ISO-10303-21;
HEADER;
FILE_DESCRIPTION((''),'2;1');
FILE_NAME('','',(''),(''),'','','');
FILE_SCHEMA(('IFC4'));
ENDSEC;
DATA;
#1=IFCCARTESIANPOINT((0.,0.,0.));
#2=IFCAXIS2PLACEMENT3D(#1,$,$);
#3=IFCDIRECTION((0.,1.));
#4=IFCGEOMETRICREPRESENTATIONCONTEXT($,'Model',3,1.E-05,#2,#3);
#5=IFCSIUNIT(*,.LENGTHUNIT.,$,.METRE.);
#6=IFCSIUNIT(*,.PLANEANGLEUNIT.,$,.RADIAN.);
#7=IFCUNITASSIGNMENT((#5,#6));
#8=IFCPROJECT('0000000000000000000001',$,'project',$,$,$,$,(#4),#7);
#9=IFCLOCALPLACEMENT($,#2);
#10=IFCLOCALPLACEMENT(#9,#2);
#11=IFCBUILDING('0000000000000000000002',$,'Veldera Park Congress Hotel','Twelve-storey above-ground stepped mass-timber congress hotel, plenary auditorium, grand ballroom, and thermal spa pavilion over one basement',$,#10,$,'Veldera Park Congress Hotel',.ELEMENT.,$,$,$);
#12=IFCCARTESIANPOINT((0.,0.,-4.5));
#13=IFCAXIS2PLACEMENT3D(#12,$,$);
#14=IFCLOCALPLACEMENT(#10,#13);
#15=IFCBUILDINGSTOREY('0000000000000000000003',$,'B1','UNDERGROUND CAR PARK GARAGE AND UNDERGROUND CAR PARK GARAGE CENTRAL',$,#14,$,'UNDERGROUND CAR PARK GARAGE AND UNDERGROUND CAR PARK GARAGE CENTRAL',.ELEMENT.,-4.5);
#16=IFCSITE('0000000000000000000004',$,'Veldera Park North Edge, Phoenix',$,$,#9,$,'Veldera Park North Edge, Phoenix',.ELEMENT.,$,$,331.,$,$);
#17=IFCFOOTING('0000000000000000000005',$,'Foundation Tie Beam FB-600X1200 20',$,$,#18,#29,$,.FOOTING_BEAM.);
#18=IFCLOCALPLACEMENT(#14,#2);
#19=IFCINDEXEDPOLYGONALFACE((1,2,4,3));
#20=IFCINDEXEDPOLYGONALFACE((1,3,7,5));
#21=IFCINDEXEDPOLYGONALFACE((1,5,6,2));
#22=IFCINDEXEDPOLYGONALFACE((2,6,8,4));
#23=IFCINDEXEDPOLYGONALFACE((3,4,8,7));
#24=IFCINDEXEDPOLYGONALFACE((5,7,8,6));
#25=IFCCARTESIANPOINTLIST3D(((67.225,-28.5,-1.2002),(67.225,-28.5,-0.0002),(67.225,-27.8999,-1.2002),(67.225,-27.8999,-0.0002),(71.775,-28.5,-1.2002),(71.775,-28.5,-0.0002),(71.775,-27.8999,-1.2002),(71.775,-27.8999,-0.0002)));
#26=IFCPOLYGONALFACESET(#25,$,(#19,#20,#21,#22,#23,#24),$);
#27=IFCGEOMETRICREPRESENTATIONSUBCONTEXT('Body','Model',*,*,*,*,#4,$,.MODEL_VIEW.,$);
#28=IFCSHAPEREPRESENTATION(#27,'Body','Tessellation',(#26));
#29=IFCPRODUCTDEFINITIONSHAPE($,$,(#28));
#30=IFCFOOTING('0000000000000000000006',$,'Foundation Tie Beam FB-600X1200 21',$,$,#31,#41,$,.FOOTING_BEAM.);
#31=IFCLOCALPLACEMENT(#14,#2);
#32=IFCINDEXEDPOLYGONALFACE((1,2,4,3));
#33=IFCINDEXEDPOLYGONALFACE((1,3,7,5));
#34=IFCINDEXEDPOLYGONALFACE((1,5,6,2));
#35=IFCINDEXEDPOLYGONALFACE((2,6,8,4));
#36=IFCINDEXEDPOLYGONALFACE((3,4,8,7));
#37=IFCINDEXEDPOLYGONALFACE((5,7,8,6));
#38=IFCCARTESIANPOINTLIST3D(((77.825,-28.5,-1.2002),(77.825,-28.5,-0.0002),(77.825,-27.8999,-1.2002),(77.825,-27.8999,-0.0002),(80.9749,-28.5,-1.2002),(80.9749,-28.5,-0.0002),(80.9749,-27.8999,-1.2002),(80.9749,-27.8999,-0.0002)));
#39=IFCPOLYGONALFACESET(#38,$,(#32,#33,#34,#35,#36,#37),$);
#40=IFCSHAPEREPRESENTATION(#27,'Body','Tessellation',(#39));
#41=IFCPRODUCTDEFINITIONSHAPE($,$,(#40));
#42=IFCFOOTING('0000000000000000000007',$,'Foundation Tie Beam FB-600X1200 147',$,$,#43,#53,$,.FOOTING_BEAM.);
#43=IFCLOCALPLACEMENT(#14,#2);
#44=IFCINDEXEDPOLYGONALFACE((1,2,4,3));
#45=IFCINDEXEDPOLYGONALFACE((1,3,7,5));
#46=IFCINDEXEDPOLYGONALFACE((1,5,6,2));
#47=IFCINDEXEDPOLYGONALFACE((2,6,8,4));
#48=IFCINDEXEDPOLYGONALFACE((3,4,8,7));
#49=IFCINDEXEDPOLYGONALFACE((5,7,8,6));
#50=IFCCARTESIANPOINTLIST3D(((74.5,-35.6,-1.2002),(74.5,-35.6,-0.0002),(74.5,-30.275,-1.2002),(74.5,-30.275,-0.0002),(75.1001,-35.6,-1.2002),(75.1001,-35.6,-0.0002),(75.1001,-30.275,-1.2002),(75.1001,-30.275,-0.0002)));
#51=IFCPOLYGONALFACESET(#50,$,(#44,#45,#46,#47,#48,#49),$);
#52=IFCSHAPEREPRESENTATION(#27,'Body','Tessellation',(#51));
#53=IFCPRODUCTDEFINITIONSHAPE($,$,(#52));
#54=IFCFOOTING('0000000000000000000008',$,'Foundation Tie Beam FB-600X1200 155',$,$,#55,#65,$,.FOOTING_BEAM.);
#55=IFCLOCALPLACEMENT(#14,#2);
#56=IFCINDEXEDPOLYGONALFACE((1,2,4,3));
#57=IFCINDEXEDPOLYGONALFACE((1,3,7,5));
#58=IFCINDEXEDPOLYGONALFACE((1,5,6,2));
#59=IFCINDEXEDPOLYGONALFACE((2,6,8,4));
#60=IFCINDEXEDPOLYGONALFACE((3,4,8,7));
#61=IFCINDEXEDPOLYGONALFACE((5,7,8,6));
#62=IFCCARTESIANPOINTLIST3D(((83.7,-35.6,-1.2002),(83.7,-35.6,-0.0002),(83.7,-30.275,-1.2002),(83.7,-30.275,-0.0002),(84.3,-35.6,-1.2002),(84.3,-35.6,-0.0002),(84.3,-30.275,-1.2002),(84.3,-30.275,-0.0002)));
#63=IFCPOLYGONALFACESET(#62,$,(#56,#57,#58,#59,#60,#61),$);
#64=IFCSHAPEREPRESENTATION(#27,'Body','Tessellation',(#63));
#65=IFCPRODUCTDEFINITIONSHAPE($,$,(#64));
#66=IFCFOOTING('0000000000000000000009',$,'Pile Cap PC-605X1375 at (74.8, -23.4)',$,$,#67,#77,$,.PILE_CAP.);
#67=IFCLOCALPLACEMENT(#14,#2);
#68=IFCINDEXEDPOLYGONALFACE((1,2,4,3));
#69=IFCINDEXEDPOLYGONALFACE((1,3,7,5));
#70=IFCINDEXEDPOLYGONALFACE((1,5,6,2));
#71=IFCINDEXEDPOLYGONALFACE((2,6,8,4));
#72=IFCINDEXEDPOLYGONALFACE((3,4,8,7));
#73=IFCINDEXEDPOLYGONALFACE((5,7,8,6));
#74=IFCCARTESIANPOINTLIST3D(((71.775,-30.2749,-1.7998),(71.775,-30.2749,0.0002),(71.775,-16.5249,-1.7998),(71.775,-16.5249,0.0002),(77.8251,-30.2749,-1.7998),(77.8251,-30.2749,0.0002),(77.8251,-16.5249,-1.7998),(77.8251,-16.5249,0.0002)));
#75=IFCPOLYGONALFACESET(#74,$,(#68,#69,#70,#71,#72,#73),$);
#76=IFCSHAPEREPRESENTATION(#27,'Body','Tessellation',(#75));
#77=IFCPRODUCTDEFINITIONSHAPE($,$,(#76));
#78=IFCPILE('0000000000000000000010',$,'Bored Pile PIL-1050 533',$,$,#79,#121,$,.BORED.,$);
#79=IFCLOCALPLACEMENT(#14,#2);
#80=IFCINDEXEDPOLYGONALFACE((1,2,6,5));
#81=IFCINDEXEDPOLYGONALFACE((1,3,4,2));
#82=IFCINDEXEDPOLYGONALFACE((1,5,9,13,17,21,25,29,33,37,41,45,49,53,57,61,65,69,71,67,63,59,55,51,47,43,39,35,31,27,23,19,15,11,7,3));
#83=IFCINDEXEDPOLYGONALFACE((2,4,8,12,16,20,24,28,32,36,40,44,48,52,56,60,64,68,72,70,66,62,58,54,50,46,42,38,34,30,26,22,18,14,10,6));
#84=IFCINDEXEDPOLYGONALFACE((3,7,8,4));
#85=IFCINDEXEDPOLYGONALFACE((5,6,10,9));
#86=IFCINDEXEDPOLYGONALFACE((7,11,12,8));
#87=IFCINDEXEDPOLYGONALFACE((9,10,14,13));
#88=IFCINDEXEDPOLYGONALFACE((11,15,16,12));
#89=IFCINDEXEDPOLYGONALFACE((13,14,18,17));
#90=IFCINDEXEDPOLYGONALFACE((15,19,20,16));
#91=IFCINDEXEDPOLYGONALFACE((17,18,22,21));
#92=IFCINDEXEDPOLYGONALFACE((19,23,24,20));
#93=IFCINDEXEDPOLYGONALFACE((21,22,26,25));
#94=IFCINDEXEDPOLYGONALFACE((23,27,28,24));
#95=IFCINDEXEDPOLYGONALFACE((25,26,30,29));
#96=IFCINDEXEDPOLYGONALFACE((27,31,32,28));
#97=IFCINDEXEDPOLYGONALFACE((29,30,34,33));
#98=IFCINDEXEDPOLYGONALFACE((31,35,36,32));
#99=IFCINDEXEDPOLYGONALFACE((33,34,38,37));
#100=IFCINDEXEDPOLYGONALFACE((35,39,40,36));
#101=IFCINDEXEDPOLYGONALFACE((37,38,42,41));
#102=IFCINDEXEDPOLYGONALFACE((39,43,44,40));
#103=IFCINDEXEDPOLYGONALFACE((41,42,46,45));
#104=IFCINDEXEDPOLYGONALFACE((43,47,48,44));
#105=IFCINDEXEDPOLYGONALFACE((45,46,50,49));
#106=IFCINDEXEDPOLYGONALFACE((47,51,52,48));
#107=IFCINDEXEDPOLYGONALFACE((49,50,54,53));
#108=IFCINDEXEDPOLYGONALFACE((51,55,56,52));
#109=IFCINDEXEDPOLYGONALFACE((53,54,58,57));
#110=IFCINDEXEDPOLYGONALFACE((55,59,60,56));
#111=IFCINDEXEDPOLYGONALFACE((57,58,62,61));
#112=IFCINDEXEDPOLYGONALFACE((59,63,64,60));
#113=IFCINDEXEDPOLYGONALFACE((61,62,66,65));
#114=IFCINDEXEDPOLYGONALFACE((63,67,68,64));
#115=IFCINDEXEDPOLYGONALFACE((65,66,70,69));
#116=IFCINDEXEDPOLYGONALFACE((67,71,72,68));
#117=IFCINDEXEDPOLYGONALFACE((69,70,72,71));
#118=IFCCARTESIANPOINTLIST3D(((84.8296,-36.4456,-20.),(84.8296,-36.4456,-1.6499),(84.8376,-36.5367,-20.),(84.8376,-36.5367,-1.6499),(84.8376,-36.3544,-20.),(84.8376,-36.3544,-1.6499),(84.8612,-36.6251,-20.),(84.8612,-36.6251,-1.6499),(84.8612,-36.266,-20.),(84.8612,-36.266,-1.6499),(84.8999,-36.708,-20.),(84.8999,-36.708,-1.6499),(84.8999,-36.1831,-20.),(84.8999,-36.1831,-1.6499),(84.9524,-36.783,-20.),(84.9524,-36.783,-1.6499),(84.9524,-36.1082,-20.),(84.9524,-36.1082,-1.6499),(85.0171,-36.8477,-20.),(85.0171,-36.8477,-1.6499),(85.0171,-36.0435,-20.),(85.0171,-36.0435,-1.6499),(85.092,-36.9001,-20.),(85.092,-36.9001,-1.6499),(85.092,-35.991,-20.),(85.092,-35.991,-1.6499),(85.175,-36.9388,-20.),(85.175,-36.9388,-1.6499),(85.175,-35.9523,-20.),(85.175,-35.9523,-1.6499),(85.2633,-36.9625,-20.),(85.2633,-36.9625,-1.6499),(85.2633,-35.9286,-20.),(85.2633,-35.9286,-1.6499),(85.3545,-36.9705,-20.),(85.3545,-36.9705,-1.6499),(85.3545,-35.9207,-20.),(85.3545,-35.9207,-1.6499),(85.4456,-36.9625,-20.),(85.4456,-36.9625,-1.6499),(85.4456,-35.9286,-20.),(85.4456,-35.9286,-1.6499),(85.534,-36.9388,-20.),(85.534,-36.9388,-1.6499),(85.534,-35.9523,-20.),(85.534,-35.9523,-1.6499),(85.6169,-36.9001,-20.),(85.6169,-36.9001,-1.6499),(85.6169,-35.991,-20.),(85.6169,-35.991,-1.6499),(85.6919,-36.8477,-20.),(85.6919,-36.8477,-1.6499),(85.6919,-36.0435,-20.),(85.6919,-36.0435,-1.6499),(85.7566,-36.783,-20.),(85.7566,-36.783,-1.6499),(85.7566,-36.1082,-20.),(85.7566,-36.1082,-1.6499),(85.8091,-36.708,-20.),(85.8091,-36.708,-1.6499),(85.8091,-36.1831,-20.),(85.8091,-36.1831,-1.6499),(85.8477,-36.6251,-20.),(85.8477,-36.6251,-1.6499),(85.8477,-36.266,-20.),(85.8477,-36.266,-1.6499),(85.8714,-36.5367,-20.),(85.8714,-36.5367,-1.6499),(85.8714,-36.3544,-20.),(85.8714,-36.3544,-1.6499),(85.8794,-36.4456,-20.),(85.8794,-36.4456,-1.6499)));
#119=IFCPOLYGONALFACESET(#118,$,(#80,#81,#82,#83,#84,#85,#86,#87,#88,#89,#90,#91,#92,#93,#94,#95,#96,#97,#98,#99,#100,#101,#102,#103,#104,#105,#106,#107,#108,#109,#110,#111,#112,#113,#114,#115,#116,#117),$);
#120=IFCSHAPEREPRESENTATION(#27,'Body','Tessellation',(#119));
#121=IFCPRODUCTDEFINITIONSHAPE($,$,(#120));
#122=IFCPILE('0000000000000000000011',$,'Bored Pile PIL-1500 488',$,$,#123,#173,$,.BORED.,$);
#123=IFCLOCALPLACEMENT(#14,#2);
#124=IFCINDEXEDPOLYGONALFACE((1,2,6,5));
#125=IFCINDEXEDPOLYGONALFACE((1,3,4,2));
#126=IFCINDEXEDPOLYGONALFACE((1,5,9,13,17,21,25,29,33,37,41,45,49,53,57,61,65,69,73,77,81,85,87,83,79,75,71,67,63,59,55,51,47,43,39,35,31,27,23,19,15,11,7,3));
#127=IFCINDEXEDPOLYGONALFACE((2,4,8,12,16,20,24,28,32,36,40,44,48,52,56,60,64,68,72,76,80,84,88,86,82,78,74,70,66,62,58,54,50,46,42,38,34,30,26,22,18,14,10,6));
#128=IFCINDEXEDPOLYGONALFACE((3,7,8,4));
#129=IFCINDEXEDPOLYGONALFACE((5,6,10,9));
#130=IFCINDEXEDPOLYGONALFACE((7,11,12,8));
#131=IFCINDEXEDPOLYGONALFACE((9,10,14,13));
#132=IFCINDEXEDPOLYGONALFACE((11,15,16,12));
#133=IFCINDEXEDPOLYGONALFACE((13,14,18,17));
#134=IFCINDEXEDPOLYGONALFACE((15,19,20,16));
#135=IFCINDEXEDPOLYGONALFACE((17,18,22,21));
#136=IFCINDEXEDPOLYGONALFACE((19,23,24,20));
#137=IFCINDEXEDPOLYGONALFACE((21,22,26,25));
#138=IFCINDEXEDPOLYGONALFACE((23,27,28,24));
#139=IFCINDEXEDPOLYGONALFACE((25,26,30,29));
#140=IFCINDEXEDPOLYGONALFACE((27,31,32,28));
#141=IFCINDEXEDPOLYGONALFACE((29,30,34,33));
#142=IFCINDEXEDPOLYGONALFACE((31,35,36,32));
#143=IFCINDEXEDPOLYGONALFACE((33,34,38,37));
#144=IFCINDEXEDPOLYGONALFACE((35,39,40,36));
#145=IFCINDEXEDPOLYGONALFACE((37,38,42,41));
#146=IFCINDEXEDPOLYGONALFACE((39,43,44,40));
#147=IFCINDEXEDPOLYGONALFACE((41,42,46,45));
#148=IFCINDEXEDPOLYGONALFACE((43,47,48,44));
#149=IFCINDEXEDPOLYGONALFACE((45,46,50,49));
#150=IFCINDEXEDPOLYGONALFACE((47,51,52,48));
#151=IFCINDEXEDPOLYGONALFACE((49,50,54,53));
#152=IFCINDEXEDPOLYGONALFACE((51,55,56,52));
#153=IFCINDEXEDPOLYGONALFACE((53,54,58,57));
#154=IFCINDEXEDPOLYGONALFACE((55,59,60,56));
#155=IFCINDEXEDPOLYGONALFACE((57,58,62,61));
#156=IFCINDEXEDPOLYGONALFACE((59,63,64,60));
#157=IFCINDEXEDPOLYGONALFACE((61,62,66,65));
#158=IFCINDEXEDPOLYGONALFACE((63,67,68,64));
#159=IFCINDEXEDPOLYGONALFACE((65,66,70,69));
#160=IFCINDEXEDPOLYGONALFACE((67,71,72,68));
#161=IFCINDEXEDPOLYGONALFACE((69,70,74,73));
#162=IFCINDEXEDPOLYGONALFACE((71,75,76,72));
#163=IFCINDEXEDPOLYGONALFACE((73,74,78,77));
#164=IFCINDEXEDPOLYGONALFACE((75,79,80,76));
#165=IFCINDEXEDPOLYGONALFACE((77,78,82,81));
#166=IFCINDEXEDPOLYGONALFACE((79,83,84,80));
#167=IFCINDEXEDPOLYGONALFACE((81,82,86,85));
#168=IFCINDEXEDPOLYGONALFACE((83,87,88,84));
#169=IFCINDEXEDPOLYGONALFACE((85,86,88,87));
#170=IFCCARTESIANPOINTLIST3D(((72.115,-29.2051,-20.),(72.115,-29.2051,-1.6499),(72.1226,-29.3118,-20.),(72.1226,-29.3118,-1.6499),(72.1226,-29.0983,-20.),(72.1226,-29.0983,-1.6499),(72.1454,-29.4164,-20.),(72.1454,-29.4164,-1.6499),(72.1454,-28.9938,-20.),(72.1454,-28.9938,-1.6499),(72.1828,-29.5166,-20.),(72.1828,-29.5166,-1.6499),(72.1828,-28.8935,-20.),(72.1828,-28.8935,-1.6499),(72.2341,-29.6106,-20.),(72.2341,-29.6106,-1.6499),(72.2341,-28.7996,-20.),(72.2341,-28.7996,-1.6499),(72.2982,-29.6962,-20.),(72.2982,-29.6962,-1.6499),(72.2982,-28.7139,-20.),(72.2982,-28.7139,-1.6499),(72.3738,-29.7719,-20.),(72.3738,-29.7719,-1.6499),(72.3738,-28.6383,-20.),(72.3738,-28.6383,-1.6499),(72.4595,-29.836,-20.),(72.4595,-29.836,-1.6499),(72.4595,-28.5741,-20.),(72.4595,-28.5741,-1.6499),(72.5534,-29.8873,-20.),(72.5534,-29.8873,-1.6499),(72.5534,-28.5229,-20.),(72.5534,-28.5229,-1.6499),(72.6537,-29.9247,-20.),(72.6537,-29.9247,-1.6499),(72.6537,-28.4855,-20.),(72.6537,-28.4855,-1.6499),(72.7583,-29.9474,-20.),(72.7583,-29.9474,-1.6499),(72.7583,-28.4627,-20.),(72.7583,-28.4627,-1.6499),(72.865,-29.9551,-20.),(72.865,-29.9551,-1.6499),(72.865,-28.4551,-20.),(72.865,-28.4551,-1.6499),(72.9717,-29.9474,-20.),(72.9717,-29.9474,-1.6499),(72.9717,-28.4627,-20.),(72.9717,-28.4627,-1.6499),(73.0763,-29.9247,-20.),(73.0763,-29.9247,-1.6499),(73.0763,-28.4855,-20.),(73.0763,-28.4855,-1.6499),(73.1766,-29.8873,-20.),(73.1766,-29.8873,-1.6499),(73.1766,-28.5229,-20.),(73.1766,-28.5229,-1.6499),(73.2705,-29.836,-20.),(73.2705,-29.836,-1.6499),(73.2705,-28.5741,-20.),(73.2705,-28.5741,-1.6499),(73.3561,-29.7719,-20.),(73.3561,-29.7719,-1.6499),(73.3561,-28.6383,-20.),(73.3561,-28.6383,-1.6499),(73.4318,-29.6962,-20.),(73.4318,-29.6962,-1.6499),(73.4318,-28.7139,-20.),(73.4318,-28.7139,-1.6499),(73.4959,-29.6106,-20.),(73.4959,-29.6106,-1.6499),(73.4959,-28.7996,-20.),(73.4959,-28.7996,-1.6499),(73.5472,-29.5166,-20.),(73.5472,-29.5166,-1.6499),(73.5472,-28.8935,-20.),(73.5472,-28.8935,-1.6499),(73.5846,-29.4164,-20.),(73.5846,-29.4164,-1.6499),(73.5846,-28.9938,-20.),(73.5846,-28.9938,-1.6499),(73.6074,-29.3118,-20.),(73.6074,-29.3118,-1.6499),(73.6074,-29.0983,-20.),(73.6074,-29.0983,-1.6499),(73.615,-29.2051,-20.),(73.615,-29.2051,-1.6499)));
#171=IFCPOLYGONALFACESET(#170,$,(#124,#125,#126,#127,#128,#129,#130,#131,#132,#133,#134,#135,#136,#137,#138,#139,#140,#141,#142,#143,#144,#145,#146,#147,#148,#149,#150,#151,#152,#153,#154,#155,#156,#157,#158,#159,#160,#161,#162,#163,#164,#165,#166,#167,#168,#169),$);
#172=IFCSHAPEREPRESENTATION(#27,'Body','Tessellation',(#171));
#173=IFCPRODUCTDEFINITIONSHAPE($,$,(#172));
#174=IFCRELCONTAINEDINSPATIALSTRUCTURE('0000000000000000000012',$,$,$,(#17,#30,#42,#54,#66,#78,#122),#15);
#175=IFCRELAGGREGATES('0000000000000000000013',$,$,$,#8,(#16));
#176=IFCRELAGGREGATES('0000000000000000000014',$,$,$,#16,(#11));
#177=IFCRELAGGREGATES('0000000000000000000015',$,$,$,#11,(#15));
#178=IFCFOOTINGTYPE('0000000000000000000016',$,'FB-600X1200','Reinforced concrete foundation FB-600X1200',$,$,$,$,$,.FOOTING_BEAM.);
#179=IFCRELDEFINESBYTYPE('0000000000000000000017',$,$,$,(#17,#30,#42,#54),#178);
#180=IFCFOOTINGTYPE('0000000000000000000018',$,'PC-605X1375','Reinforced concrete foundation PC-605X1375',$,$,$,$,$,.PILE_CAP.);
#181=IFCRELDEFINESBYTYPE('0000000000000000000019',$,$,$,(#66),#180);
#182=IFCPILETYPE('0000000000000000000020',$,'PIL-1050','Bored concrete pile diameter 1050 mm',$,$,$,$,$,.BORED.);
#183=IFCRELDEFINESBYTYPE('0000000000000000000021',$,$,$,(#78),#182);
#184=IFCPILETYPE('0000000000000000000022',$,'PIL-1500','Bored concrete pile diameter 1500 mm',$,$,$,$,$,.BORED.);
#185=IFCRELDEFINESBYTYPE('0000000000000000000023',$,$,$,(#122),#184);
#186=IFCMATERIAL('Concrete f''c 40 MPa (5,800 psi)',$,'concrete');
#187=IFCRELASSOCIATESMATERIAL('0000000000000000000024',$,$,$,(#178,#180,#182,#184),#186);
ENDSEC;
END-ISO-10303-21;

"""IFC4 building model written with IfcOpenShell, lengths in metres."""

from ifc_helpers import new_model, si_unit, direction, frame, origin, origin_2d, place, context, subcontext, project, spatial, rectangle, circle, extrude, material, material_profile, profile_set, type_object, element, save


model = new_model("IFC4")

# Units and contexts
model_context = context("Model", 3, precision=1e-05, world=origin(), true_north=direction((0.0, 1.0)))
body_context = subcontext(model_context, "Body", "Model", "MODEL_VIEW")
ifc_project = project(units=[si_unit("LENGTHUNIT", "METRE"), si_unit("PLANEANGLEUNIT", "RADIAN")], contexts=[model_context])

# Site, building, storey
site_placement = place(None, origin())
site = spatial("IfcSite", under=ifc_project, at=site_placement, Name="Veldera Park North Edge, Phoenix", LongName="Veldera Park North Edge, Phoenix", CompositionType="ELEMENT", RefElevation=331.0)
building_placement = place(site_placement, origin())
building = spatial("IfcBuilding", under=site, at=building_placement, Name="Veldera Park Congress Hotel", Description="Twelve-storey above-ground stepped mass-timber congress hotel, plenary auditorium, grand ballroom, and thermal spa pavilion over one basement", LongName="Veldera Park Congress Hotel", CompositionType="ELEMENT")
storey_placement = place(building_placement, frame((0.0, 0.0, -4.5)))
storey = spatial("IfcBuildingStorey", under=building, at=storey_placement, Name="B1", Description="UNDERGROUND CAR PARK GARAGE AND UNDERGROUND CAR PARK GARAGE CENTRAL", LongName="UNDERGROUND CAR PARK GARAGE AND UNDERGROUND CAR PARK GARAGE CENTRAL", CompositionType="ELEMENT", Elevation=-4.5)

# Footings
ifc_material_1 = material(Name="Concrete f'c 40 MPa (5,800 psi)", Category="concrete")
footing_type_1 = type_object("IfcFootingType", Name="FB-600X1200", Description="Reinforced concrete foundation FB-600X1200", PredefinedType="FOOTING_BEAM", material=ifc_material_1)
footing_1_placement = place(storey_placement, frame((69.5, -28.2, -1.2002), z_axis=(0.0, 0.0, 1.0), x_axis=(1.0, 0.0, 0.0)))
element("IfcFooting", 1, at=footing_1_placement, inside=storey, type_object=footing_type_1, Name="Foundation Tie Beam FB-600X1200 20", PredefinedType="FOOTING_BEAM", context=body_context, shape_type="SweptSolid", body=[
    extrude(rectangle(XDim=4.55, YDim=0.6001, at=origin_2d()), origin(), (0.0, 0.0, 1.0), 1.2),
])
footing_2_placement = place(storey_placement, frame((79.3999, -28.2, -1.2002), z_axis=(0.0, 0.0, 1.0), x_axis=(1.0, 0.0, 0.0)))
element("IfcFooting", 2, at=footing_2_placement, inside=storey, type_object=footing_type_1, Name="Foundation Tie Beam FB-600X1200 21", PredefinedType="FOOTING_BEAM", context=body_context, shape_type="SweptSolid", body=[
    extrude(rectangle(XDim=3.1499, YDim=0.6001, at=origin_2d()), origin(), (0.0, 0.0, 1.0), 1.2),
])
for number, where, z_axis, x_axis, name in (
    (3, (74.8, -32.9375, -1.2002), (0.0, 0.0, 1.0), (0.0, 1.0, 0.0), "Foundation Tie Beam FB-600X1200 147"),
    (4, (84.0, -32.9375, -1.2002), (0.0, 0.0, 1.0), (0.0, 1.0, 0.0), "Foundation Tie Beam FB-600X1200 155"),
):
    element("IfcFooting", number, at=place(storey_placement, frame(where, z_axis=z_axis, x_axis=x_axis)), inside=storey, type_object=footing_type_1, Name=name, PredefinedType="FOOTING_BEAM", context=body_context, shape_type="SweptSolid", body=[
        extrude(rectangle(XDim=5.325, YDim=0.6001, at=origin_2d()), origin(), (0.0, 0.0, 1.0), 1.2),
    ])
footing_type_2 = type_object("IfcFootingType", Name="PC-605X1375", Description="Reinforced concrete foundation PC-605X1375", PredefinedType="PILE_CAP", material=ifc_material_1)
footing_3_placement = place(storey_placement, frame((74.8, -23.3999, -1.7998), z_axis=(0.0, 0.0, 1.0), x_axis=(1.0, 0.0, 0.0)))
element("IfcFooting", 5, at=footing_3_placement, inside=storey, type_object=footing_type_2, Name="Pile Cap PC-605X1375 at (74.8, -23.4)", PredefinedType="PILE_CAP", context=body_context, shape_type="SweptSolid", body=[
    extrude(rectangle(XDim=6.05, YDim=13.75, at=origin_2d()), origin(), (0.0, 0.0, 1.0), 1.8),
])

# Piles
ifc_material_profile_1 = material_profile(ifc_material_1, circle(Radius=0.5249, at=origin_2d()), Name="PILE D1050")
ifc_profile_set_1 = profile_set([ifc_material_profile_1], Name="Concrete f'c 40 MPa (5,800 psi)")
pile_type_1 = type_object("IfcPileType", Name="PIL-1050", Description="Bored concrete pile diameter 1050 mm", PredefinedType="BORED", material=ifc_profile_set_1)
pile_placement = place(storey_placement, frame((85.3545, -36.4456, -1.6499), z_axis=(0.0, 0.0, -1.0), x_axis=(1.0, 0.0, 0.0)))
element("IfcPile", 6, at=pile_placement, inside=storey, type_object=pile_type_1, Name="Bored Pile PIL-1050 533", PredefinedType="BORED", context=body_context, shape_type="SweptSolid", body=[
    extrude(circle(Radius=0.5249, at=origin_2d()), origin(), (0.0, 0.0, 1.0), 18.3501),
])
ifc_material_profile_2 = material_profile(ifc_material_1, circle(Radius=0.75, at=origin_2d()), Name="PILE D1500")
ifc_profile_set_2 = profile_set([ifc_material_profile_2], Name="Concrete f'c 40 MPa (5,800 psi)")
pile_type_2 = type_object("IfcPileType", Name="PIL-1500", Description="Bored concrete pile diameter 1500 mm", PredefinedType="BORED", material=ifc_profile_set_2)
for number, where, z_axis, x_axis, name in (
    (7, (72.865, -29.2051, -1.6499), (0.0, 0.0, -1.0), (1.0, 0.0, 0.0), "Bored Pile PIL-1500 488"),
):
    element("IfcPile", number, at=place(storey_placement, frame(where, z_axis=z_axis, x_axis=x_axis)), inside=storey, type_object=pile_type_2, Name=name, PredefinedType="BORED", context=body_context, shape_type="SweptSolid", body=[
        extrude(circle(Radius=0.75, at=origin_2d()), origin(), (0.0, 0.0, 1.0), 18.3501),
    ])

save(model, "model.ifc")
